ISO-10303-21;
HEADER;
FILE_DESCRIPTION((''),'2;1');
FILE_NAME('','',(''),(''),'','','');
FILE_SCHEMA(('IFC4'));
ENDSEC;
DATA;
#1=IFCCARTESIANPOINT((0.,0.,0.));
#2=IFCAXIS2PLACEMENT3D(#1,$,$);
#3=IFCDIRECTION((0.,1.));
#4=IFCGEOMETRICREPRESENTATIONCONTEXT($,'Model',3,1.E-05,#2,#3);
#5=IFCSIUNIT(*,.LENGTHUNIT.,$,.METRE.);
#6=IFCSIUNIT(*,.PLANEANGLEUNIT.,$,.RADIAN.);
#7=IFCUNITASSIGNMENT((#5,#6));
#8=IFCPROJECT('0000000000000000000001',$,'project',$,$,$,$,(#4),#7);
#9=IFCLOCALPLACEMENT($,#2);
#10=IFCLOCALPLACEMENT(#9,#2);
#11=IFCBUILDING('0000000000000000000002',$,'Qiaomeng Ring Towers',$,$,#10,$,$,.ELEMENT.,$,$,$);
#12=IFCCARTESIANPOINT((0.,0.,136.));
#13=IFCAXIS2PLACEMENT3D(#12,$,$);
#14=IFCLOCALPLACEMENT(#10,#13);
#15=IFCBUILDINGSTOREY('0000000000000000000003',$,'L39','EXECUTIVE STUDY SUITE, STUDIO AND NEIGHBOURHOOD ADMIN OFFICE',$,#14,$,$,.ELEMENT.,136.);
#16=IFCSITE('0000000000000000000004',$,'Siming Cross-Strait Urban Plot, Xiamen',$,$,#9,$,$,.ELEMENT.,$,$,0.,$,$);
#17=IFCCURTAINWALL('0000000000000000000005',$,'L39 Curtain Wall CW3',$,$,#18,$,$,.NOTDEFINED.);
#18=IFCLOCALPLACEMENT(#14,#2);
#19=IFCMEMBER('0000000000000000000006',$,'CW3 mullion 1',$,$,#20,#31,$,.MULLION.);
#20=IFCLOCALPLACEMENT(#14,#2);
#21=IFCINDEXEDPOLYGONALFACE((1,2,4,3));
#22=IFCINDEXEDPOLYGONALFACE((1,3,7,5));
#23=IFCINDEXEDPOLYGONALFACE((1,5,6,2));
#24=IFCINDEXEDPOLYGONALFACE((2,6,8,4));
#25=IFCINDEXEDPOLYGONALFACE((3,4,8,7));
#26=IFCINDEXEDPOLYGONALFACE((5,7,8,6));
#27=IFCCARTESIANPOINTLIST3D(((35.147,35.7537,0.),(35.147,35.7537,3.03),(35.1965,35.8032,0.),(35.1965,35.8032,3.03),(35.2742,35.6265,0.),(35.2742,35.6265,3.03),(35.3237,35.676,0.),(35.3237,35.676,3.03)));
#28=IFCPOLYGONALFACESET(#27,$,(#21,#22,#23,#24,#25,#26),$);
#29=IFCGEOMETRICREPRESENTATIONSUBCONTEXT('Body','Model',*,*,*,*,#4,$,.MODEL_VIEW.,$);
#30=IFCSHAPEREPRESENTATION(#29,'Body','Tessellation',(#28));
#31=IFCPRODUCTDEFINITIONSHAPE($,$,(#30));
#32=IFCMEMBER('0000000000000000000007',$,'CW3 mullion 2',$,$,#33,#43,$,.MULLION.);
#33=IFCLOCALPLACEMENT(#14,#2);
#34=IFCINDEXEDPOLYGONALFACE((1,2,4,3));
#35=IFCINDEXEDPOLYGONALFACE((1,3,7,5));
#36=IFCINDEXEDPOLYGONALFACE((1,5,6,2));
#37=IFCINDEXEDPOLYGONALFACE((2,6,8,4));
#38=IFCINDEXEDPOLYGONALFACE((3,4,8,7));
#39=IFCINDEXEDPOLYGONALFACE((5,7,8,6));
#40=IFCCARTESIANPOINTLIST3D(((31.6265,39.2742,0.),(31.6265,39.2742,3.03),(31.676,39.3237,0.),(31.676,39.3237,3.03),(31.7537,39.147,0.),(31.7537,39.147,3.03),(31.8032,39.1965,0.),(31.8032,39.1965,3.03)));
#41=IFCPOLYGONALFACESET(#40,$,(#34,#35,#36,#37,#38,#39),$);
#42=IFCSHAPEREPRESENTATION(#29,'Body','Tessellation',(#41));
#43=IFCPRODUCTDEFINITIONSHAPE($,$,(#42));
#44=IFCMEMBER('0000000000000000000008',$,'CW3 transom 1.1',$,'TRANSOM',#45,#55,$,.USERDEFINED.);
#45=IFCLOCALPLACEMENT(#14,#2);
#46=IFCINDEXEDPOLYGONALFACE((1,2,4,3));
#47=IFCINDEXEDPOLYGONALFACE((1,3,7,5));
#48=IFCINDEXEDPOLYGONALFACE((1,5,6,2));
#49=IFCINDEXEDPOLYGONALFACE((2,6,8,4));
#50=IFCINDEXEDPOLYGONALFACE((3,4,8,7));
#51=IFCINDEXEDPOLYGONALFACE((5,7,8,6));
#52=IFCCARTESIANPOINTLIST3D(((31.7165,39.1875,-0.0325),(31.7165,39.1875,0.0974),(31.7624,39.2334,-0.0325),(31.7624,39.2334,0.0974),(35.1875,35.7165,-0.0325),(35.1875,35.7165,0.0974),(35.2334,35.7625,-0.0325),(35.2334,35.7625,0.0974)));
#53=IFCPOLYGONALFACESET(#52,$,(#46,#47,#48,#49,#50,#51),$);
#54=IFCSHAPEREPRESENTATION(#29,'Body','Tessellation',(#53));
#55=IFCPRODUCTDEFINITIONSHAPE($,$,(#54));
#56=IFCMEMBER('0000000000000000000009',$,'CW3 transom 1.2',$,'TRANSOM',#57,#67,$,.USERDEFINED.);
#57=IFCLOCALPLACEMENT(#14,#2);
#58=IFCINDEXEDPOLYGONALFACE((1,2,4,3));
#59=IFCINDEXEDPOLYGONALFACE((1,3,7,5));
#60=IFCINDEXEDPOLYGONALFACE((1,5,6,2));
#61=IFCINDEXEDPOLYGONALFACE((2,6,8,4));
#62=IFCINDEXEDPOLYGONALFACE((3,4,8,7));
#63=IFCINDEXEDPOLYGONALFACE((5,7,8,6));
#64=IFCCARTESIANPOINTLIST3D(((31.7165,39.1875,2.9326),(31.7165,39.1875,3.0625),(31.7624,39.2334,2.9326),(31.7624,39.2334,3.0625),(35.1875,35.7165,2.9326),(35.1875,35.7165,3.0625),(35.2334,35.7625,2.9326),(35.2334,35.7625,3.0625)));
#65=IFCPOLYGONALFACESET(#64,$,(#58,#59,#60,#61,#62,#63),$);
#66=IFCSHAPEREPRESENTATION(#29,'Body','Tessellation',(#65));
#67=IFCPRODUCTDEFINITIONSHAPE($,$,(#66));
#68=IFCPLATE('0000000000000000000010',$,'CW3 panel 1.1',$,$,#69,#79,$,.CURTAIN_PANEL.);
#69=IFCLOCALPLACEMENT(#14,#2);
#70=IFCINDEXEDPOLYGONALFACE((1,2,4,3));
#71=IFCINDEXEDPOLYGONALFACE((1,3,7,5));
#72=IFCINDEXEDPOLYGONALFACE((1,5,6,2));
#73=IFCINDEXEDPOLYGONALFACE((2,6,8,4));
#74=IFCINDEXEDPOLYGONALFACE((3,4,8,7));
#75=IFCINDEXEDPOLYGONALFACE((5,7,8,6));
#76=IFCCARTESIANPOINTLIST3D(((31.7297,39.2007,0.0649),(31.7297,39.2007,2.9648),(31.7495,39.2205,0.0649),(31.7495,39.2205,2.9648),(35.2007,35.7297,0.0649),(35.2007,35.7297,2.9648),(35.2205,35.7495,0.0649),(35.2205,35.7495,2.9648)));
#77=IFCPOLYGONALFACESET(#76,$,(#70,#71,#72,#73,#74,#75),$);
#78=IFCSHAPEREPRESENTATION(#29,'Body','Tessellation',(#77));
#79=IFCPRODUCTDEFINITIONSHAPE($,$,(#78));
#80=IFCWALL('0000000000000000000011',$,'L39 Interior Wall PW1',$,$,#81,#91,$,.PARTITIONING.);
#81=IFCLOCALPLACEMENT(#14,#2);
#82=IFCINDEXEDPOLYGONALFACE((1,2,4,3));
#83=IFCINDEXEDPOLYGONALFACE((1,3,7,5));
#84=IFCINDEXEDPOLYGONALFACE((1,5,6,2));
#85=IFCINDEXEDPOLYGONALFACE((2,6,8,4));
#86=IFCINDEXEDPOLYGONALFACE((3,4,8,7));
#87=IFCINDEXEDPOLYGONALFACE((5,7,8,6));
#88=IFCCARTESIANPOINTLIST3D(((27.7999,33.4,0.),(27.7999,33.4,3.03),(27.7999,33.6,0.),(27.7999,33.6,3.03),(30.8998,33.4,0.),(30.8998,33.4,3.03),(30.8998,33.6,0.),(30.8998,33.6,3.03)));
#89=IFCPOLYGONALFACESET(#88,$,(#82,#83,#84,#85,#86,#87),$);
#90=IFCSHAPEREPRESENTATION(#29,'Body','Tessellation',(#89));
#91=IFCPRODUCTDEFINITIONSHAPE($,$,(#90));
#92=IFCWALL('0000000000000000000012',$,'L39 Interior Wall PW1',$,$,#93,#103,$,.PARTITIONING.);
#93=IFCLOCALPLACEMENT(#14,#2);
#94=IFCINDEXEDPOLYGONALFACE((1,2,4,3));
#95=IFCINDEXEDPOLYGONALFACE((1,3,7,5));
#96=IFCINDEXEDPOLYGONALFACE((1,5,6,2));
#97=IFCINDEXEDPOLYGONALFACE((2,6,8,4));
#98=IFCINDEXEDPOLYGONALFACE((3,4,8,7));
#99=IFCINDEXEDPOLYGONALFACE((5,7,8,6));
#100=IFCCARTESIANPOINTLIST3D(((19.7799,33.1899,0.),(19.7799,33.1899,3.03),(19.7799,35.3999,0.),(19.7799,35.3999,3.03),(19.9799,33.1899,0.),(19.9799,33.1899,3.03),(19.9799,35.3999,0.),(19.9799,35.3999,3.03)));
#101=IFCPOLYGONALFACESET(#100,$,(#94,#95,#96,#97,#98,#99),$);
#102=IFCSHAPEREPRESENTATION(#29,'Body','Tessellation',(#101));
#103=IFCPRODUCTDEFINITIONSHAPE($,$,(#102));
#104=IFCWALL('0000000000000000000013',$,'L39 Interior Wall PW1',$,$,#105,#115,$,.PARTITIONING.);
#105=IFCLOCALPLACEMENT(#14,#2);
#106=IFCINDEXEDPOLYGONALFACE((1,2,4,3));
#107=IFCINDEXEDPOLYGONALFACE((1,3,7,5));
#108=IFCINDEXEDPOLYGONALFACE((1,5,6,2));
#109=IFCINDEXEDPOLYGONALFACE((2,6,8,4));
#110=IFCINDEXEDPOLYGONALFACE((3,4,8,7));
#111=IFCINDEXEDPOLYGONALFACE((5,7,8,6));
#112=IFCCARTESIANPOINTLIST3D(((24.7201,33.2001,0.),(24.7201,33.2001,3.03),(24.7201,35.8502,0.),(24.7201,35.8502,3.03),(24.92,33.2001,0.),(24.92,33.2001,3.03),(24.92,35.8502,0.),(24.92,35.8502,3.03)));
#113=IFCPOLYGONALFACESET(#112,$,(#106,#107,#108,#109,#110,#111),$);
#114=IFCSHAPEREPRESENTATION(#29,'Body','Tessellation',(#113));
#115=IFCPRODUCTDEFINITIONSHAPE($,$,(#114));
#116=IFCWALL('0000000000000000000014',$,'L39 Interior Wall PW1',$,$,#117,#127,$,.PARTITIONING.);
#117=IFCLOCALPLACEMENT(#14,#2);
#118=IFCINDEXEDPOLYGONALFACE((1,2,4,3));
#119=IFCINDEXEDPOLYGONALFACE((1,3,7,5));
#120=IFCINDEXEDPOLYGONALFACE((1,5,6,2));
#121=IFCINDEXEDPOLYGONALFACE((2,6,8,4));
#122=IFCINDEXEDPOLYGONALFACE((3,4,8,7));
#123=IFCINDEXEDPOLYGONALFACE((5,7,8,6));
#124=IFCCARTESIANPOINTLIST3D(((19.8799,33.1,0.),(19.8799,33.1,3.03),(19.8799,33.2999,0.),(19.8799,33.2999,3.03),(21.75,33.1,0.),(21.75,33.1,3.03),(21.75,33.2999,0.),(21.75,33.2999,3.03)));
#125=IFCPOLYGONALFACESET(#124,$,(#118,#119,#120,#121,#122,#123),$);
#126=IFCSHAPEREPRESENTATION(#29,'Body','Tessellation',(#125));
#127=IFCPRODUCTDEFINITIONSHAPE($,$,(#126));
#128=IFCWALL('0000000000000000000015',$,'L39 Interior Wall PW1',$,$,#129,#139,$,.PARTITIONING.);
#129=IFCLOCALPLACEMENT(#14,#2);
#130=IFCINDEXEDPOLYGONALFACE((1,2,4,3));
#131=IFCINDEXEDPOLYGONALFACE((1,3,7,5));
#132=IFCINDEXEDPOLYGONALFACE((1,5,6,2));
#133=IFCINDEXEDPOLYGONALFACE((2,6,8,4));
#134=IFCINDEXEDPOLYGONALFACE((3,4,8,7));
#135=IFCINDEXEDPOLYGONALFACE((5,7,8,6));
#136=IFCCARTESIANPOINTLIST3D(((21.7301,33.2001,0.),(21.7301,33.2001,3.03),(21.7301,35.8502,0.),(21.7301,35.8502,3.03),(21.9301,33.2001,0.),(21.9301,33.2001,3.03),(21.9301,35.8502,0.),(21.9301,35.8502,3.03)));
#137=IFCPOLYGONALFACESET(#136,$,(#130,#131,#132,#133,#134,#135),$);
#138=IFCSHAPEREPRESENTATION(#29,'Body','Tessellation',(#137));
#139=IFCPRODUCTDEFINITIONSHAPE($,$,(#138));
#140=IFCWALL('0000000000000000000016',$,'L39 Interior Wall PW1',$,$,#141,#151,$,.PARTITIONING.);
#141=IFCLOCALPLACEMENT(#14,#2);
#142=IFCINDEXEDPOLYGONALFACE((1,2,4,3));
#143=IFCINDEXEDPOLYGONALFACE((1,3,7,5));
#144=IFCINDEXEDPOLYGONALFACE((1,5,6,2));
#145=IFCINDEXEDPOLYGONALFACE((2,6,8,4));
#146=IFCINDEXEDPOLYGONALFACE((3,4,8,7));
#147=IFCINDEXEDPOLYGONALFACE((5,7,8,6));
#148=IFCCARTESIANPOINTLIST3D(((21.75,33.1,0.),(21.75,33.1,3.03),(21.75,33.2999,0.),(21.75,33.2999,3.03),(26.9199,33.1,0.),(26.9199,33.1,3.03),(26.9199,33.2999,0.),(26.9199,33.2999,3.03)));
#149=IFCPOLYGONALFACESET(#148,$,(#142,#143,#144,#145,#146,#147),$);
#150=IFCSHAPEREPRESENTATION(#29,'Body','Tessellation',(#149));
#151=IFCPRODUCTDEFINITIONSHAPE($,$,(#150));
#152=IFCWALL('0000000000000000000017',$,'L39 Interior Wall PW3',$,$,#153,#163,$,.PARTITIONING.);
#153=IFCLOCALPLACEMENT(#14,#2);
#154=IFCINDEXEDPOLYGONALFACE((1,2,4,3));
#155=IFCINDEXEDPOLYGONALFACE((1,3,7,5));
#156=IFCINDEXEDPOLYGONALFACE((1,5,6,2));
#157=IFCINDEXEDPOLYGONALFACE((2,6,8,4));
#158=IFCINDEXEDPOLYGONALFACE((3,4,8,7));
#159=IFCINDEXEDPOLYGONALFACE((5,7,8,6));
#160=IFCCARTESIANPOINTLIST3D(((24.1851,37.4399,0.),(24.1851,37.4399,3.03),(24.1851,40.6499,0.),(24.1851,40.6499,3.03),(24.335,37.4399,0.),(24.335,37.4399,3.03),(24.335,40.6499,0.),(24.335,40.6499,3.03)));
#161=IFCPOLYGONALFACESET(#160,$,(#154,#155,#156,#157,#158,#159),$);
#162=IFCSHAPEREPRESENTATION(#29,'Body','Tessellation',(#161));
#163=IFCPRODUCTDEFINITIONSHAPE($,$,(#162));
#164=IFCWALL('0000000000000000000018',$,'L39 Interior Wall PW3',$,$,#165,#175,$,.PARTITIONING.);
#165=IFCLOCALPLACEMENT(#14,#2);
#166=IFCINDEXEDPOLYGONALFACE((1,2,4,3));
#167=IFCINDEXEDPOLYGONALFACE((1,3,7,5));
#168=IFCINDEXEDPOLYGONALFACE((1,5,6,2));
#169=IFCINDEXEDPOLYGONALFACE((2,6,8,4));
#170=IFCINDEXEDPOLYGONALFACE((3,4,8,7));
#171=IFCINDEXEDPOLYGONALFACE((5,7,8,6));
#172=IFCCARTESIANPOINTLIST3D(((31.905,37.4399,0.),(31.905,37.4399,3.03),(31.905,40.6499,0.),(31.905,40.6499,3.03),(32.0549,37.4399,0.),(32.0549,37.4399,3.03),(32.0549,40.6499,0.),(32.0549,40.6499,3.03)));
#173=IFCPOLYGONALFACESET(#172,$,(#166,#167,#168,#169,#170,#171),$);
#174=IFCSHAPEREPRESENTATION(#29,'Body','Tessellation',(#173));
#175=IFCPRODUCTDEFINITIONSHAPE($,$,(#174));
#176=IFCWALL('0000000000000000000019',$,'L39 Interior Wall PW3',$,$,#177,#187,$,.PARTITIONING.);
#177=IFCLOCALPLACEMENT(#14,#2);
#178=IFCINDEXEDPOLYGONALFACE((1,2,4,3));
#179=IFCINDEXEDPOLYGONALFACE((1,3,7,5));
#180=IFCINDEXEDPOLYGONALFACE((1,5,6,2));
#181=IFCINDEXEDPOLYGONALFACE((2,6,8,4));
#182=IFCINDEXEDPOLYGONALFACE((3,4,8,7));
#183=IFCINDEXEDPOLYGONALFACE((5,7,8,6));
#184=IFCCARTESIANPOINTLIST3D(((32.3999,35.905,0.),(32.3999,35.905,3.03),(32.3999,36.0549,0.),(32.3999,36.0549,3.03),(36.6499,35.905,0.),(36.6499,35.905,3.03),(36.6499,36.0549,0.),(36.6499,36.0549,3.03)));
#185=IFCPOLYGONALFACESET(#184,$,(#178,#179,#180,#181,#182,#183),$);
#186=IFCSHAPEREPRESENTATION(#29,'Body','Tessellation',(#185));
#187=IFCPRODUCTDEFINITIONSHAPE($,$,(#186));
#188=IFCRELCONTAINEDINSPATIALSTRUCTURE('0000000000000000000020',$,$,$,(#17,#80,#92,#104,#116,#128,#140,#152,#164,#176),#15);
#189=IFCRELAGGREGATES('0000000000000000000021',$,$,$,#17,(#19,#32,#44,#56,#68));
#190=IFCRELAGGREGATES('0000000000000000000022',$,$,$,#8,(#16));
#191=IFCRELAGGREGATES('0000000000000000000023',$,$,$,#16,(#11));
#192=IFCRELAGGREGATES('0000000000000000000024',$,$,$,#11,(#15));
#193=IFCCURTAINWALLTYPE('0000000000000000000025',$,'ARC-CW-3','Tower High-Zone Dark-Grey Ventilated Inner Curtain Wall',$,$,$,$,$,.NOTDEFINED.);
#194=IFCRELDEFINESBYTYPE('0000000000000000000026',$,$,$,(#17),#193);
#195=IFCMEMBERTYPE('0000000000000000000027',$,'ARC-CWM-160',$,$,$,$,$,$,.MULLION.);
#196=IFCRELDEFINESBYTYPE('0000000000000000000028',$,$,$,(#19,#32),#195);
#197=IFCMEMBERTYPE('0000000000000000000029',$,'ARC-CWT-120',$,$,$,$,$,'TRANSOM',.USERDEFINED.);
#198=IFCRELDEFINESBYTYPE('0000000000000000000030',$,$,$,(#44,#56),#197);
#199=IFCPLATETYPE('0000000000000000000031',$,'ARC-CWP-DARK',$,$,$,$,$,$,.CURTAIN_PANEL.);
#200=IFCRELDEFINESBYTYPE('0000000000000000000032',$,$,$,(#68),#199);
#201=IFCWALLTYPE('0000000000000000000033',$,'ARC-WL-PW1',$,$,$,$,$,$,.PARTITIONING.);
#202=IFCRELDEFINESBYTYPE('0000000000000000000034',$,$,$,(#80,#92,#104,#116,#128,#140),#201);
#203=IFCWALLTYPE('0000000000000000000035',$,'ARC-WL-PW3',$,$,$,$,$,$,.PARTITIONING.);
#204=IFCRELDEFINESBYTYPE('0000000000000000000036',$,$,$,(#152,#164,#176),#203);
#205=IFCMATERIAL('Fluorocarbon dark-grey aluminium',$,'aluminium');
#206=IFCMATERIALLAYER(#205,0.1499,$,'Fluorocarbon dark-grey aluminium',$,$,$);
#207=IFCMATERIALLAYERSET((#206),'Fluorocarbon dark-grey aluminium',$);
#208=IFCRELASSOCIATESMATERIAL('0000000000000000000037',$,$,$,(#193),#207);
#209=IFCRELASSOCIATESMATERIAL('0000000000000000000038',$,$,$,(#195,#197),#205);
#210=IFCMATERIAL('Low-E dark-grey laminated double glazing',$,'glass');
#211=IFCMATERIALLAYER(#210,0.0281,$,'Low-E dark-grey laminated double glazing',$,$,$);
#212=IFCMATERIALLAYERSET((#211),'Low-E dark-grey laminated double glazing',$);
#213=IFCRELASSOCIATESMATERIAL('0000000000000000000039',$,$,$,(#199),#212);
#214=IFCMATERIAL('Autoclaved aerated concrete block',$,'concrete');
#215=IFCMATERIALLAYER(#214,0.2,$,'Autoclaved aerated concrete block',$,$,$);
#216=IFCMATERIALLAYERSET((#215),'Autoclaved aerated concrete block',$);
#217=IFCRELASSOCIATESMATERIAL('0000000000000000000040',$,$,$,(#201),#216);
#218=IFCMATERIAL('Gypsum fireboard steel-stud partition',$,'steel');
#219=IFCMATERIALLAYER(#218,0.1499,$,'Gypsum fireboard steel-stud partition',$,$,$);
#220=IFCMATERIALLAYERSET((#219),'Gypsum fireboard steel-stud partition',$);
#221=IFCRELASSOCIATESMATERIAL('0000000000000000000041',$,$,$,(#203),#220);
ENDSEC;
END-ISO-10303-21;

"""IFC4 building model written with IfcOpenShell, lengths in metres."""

from ifc_helpers import new_model, si_unit, direction, frame, frame_2d, origin, origin_2d, place, context, subcontext, project, spatial, rectangle, extrude, source, transform, mapped, material, layer, layer_set, material_profile, profile_set, type_object, element, aggregate, save


model = new_model("IFC4")

# Units and contexts
model_context = context("Model", 3, precision=1e-05, world=origin(), true_north=direction((0.0, 1.0)))
body_context = subcontext(model_context, "Body", "Model", "MODEL_VIEW")
ifc_project = project(units=[si_unit("LENGTHUNIT", "METRE"), si_unit("PLANEANGLEUNIT", "RADIAN")], contexts=[model_context])

# Site, building, storey
site_placement = place(None, origin())
site = spatial("IfcSite", under=ifc_project, at=site_placement, Name="Siming Cross-Strait Urban Plot, Xiamen", CompositionType="ELEMENT", RefElevation=0.0)
building_placement = place(site_placement, origin())
building = spatial("IfcBuilding", under=site, at=building_placement, Name="Qiaomeng Ring Towers", CompositionType="ELEMENT")
storey_placement = place(building_placement, frame((0.0, 0.0, 136.0)))
storey = spatial("IfcBuildingStorey", under=building, at=storey_placement, Name="L39", Description="EXECUTIVE STUDY SUITE, STUDIO AND NEIGHBOURHOOD ADMIN OFFICE", CompositionType="ELEMENT", Elevation=136.0)

# Curtain wall, members, plate
ifc_material_1 = material(Name="Fluorocarbon dark-grey aluminium", Category="aluminium")
ifc_layer_1 = layer(ifc_material_1, 0.1499, Name="Fluorocarbon dark-grey aluminium")
ifc_layer_set_1 = layer_set([ifc_layer_1], Name="Fluorocarbon dark-grey aluminium")
curtain_wall_type = type_object("IfcCurtainWallType", Name="ARC-CW-3", Description="Tower High-Zone Dark-Grey Ventilated Inner Curtain Wall", PredefinedType="NOTDEFINED", material=ifc_layer_set_1)
curtain_wall_placement = place(storey_placement, origin())
curtain_wall = element("IfcCurtainWall", 1, at=curtain_wall_placement, inside=storey, type_object=curtain_wall_type, Name="L39 Curtain Wall CW3", PredefinedType="NOTDEFINED")
ifc_material_profile_1 = material_profile(ifc_material_1, rectangle(XDim=0.0701, YDim=0.1799, at=origin_2d()), Name="ALU MULL 70x180")
ifc_profile_set_1 = profile_set([ifc_material_profile_1], Name="Fluorocarbon dark-grey aluminium")
member_type_1 = type_object("IfcMemberType", Name="ARC-CWM-160", PredefinedType="MULLION", material=ifc_profile_set_1)
shared_shape_1 = source(origin(), body_context, "Body", "SweptSolid", [
    extrude(rectangle(XDim=0.0701, YDim=0.1799, at=origin_2d()), origin(), (0.0, 0.0, 1.0), 3.03),
])
member_1_placement = place(storey_placement, frame((35.2354, 35.7148, 0.0), z_axis=(0.0, 0.0, 1.0), x_axis=(-0.707107, -0.707107, 0.0)))
member_1 = element("IfcMember", 2, at=member_1_placement, type_object=member_type_1, Name="CW3 mullion 1", PredefinedType="MULLION", context=body_context, shape_type="MappedRepresentation", body=[
    mapped(shared_shape_1, transform((0.0, 0.0, 0.0), x_axis=(1.0, 0.0, 0.0), y_axis=(0.0, 1.0, 0.0), z_axis=(0.0, 0.0, 1.0), scale=1.0)),
])
member_2_placement = place(storey_placement, frame((31.7148, 39.2354, 0.0), z_axis=(0.0, 0.0, 1.0), x_axis=(-0.707107, -0.707107, 0.0)))
member_2 = element("IfcMember", 3, at=member_2_placement, type_object=member_type_1, Name="CW3 mullion 2", PredefinedType="MULLION", context=body_context, shape_type="MappedRepresentation", body=[
    mapped(shared_shape_1, transform((0.0, 0.0, 0.0), x_axis=(1.0, 0.0, 0.0), y_axis=(0.0, 1.0, 0.0), z_axis=(0.0, 0.0, 1.0), scale=1.0)),
])
ifc_material_profile_2 = material_profile(ifc_material_1, rectangle(XDim=0.0649, YDim=0.1299, at=origin_2d()), Name="ALU TRAN 65x130")
ifc_profile_set_2 = profile_set([ifc_material_profile_2], Name="Fluorocarbon dark-grey aluminium")
member_type_2 = type_object("IfcMemberType", Name="ARC-CWT-120", ElementType="TRANSOM", PredefinedType="USERDEFINED", material=ifc_profile_set_2)
shared_shape_2 = source(origin(), body_context, "Body", "SweptSolid", [
    extrude(rectangle(XDim=0.0649, YDim=0.1299, at=origin_2d()), origin(), (0.0, 0.0, 1.0), 4.9087),
])
member_3_placement = place(storey_placement, frame((35.2104, 35.7395, 0.0325), z_axis=(-0.707107, 0.707107, 0.0), x_axis=(-0.707107, -0.707107, 0.0)))
member_3 = element("IfcMember", 4, at=member_3_placement, type_object=member_type_2, Name="CW3 transom 1.1", ObjectType="TRANSOM", PredefinedType="USERDEFINED", context=body_context, shape_type="MappedRepresentation", body=[
    mapped(shared_shape_2, transform((0.0, 0.0, 0.0), x_axis=(1.0, 0.0, 0.0), y_axis=(0.0, 1.0, 0.0), z_axis=(0.0, 0.0, 1.0), scale=1.0)),
])
member_4_placement = place(storey_placement, frame((35.2104, 35.7395, 2.9976), z_axis=(-0.707107, 0.707107, 0.0), x_axis=(-0.707107, -0.707107, 0.0)))
member_4 = element("IfcMember", 5, at=member_4_placement, type_object=member_type_2, Name="CW3 transom 1.2", ObjectType="TRANSOM", PredefinedType="USERDEFINED", context=body_context, shape_type="MappedRepresentation", body=[
    mapped(shared_shape_2, transform((0.0, 0.0, 0.0), x_axis=(1.0, 0.0, 0.0), y_axis=(0.0, 1.0, 0.0), z_axis=(0.0, 0.0, 1.0), scale=1.0)),
])
ifc_material_2 = material(Name="Low-E dark-grey laminated double glazing", Category="glass")
ifc_layer_2 = layer(ifc_material_2, 0.0281, Name="Low-E dark-grey laminated double glazing")
ifc_layer_set_2 = layer_set([ifc_layer_2], Name="Low-E dark-grey laminated double glazing")
plate_type = type_object("IfcPlateType", Name="ARC-CWP-DARK", PredefinedType="CURTAIN_PANEL", material=ifc_layer_set_2)
shared_shape_3 = source(origin(), body_context, "Body", "SweptSolid", [
    extrude(rectangle(XDim=4.9087, YDim=0.0281, at=origin_2d()), origin(), (0.0, 0.0, 1.0), 2.8999),
])
plate_placement = place(storey_placement, frame((33.4751, 37.4751, 0.0649), z_axis=(0.0, 0.0, 1.0), x_axis=(-0.707107, 0.707107, 0.0)))
plate = element("IfcPlate", 6, at=plate_placement, type_object=plate_type, Name="CW3 panel 1.1", PredefinedType="CURTAIN_PANEL", context=body_context, shape_type="MappedRepresentation", body=[
    mapped(shared_shape_3, transform((0.0, 0.0, 0.0), x_axis=(1.0, 0.0, 0.0), y_axis=(0.0, 1.0, 0.0), z_axis=(0.0, 0.0, 1.0), scale=1.0)),
])
aggregate(curtain_wall, [member_1, member_2, member_3, member_4, plate])

# Walls
ifc_material_3 = material(Name="Autoclaved aerated concrete block", Category="concrete")
ifc_layer_3 = layer(ifc_material_3, 0.2, Name="Autoclaved aerated concrete block")
ifc_layer_set_3 = layer_set([ifc_layer_3], Name="Autoclaved aerated concrete block")
wall_type_1 = type_object("IfcWallType", Name="ARC-WL-PW1", PredefinedType="PARTITIONING", material=ifc_layer_set_3)
wall_1_placement = place(storey_placement, frame((27.8, 33.5, 0.0), z_axis=(0.0, 0.0, 1.0), x_axis=(1.0, 0.0, 0.0)))
element("IfcWall", 7, at=wall_1_placement, inside=storey, type_object=wall_type_1, Name="L39 Interior Wall PW1", PredefinedType="PARTITIONING", context=body_context, shape_type="SweptSolid", body=[
    extrude(rectangle(XDim=3.0999, YDim=0.2, at=frame_2d((1.5498, 0.0))), origin(), (0.0, 0.0, 1.0), 3.03),
])
wall_2_placement = place(storey_placement, frame((19.8799, 33.1899, 0.0), z_axis=(0.0, 0.0, 1.0), x_axis=(0.0, 1.0, 0.0)))
element("IfcWall", 8, at=wall_2_placement, inside=storey, type_object=wall_type_1, Name="L39 Interior Wall PW1", PredefinedType="PARTITIONING", context=body_context, shape_type="SweptSolid", body=[
    extrude(rectangle(XDim=2.21, YDim=0.2, at=frame_2d((1.105, 0.0))), origin(), (0.0, 0.0, 1.0), 3.03),
])
wall_3_placement = place(storey_placement, frame((24.8201, 33.2, 0.0), z_axis=(0.0, 0.0, 1.0), x_axis=(0.0, 1.0, 0.0)))
element("IfcWall", 9, at=wall_3_placement, inside=storey, type_object=wall_type_1, Name="L39 Interior Wall PW1", PredefinedType="PARTITIONING", context=body_context, shape_type="SweptSolid", body=[
    extrude(rectangle(XDim=2.6501, YDim=0.2, at=frame_2d((1.3252, 0.0))), origin(), (0.0, 0.0, 1.0), 3.03),
])
wall_4_placement = place(storey_placement, frame((19.8799, 33.2, 0.0), z_axis=(0.0, 0.0, 1.0), x_axis=(1.0, 0.0, 0.0)))
element("IfcWall", 10, at=wall_4_placement, inside=storey, type_object=wall_type_1, Name="L39 Interior Wall PW1", PredefinedType="PARTITIONING", context=body_context, shape_type="SweptSolid", body=[
    extrude(rectangle(XDim=1.8701, YDim=0.2, at=frame_2d((0.9351, 0.0))), origin(), (0.0, 0.0, 1.0), 3.03),
])
wall_5_placement = place(storey_placement, frame((21.8301, 33.2, 0.0), z_axis=(0.0, 0.0, 1.0), x_axis=(0.0, 1.0, 0.0)))
element("IfcWall", 11, at=wall_5_placement, inside=storey, type_object=wall_type_1, Name="L39 Interior Wall PW1", PredefinedType="PARTITIONING", context=body_context, shape_type="SweptSolid", body=[
    extrude(rectangle(XDim=2.6501, YDim=0.2, at=frame_2d((1.3252, 0.0))), origin(), (0.0, 0.0, 1.0), 3.03),
])
wall_6_placement = place(storey_placement, frame((21.75, 33.2, 0.0), z_axis=(0.0, 0.0, 1.0), x_axis=(1.0, 0.0, 0.0)))
element("IfcWall", 12, at=wall_6_placement, inside=storey, type_object=wall_type_1, Name="L39 Interior Wall PW1", PredefinedType="PARTITIONING", context=body_context, shape_type="SweptSolid", body=[
    extrude(rectangle(XDim=5.1699, YDim=0.2, at=frame_2d((2.585, 0.0))), origin(), (0.0, 0.0, 1.0), 3.03),
])
ifc_material_4 = material(Name="Gypsum fireboard steel-stud partition", Category="steel")
ifc_layer_4 = layer(ifc_material_4, 0.1499, Name="Gypsum fireboard steel-stud partition")
ifc_layer_set_4 = layer_set([ifc_layer_4], Name="Gypsum fireboard steel-stud partition")
wall_type_2 = type_object("IfcWallType", Name="ARC-WL-PW3", PredefinedType="PARTITIONING", material=ifc_layer_set_4)
for number, where, z_axis, x_axis, name in (
    (13, (24.26, 37.4399, 0.0), (0.0, 0.0, 1.0), (0.0, 1.0, 0.0), "L39 Interior Wall PW3"),
    (14, (31.98, 37.4399, 0.0), (0.0, 0.0, 1.0), (0.0, 1.0, 0.0), "L39 Interior Wall PW3"),
):
    element("IfcWall", number, at=place(storey_placement, frame(where, z_axis=z_axis, x_axis=x_axis)), inside=storey, type_object=wall_type_2, Name=name, PredefinedType="PARTITIONING", context=body_context, shape_type="SweptSolid", body=[
        extrude(rectangle(XDim=3.21, YDim=0.1499, at=frame_2d((1.605, 0.0))), origin(), (0.0, 0.0, 1.0), 3.03),
    ])
wall_7_placement = place(storey_placement, frame((32.3999, 35.98, 0.0), z_axis=(0.0, 0.0, 1.0), x_axis=(1.0, 0.0, 0.0)))
element("IfcWall", 15, at=wall_7_placement, inside=storey, type_object=wall_type_2, Name="L39 Interior Wall PW3", PredefinedType="PARTITIONING", context=body_context, shape_type="SweptSolid", body=[
    extrude(rectangle(XDim=4.25, YDim=0.1499, at=frame_2d((2.125, 0.0))), origin(), (0.0, 0.0, 1.0), 3.03),
])

save(model, "model.ifc")
